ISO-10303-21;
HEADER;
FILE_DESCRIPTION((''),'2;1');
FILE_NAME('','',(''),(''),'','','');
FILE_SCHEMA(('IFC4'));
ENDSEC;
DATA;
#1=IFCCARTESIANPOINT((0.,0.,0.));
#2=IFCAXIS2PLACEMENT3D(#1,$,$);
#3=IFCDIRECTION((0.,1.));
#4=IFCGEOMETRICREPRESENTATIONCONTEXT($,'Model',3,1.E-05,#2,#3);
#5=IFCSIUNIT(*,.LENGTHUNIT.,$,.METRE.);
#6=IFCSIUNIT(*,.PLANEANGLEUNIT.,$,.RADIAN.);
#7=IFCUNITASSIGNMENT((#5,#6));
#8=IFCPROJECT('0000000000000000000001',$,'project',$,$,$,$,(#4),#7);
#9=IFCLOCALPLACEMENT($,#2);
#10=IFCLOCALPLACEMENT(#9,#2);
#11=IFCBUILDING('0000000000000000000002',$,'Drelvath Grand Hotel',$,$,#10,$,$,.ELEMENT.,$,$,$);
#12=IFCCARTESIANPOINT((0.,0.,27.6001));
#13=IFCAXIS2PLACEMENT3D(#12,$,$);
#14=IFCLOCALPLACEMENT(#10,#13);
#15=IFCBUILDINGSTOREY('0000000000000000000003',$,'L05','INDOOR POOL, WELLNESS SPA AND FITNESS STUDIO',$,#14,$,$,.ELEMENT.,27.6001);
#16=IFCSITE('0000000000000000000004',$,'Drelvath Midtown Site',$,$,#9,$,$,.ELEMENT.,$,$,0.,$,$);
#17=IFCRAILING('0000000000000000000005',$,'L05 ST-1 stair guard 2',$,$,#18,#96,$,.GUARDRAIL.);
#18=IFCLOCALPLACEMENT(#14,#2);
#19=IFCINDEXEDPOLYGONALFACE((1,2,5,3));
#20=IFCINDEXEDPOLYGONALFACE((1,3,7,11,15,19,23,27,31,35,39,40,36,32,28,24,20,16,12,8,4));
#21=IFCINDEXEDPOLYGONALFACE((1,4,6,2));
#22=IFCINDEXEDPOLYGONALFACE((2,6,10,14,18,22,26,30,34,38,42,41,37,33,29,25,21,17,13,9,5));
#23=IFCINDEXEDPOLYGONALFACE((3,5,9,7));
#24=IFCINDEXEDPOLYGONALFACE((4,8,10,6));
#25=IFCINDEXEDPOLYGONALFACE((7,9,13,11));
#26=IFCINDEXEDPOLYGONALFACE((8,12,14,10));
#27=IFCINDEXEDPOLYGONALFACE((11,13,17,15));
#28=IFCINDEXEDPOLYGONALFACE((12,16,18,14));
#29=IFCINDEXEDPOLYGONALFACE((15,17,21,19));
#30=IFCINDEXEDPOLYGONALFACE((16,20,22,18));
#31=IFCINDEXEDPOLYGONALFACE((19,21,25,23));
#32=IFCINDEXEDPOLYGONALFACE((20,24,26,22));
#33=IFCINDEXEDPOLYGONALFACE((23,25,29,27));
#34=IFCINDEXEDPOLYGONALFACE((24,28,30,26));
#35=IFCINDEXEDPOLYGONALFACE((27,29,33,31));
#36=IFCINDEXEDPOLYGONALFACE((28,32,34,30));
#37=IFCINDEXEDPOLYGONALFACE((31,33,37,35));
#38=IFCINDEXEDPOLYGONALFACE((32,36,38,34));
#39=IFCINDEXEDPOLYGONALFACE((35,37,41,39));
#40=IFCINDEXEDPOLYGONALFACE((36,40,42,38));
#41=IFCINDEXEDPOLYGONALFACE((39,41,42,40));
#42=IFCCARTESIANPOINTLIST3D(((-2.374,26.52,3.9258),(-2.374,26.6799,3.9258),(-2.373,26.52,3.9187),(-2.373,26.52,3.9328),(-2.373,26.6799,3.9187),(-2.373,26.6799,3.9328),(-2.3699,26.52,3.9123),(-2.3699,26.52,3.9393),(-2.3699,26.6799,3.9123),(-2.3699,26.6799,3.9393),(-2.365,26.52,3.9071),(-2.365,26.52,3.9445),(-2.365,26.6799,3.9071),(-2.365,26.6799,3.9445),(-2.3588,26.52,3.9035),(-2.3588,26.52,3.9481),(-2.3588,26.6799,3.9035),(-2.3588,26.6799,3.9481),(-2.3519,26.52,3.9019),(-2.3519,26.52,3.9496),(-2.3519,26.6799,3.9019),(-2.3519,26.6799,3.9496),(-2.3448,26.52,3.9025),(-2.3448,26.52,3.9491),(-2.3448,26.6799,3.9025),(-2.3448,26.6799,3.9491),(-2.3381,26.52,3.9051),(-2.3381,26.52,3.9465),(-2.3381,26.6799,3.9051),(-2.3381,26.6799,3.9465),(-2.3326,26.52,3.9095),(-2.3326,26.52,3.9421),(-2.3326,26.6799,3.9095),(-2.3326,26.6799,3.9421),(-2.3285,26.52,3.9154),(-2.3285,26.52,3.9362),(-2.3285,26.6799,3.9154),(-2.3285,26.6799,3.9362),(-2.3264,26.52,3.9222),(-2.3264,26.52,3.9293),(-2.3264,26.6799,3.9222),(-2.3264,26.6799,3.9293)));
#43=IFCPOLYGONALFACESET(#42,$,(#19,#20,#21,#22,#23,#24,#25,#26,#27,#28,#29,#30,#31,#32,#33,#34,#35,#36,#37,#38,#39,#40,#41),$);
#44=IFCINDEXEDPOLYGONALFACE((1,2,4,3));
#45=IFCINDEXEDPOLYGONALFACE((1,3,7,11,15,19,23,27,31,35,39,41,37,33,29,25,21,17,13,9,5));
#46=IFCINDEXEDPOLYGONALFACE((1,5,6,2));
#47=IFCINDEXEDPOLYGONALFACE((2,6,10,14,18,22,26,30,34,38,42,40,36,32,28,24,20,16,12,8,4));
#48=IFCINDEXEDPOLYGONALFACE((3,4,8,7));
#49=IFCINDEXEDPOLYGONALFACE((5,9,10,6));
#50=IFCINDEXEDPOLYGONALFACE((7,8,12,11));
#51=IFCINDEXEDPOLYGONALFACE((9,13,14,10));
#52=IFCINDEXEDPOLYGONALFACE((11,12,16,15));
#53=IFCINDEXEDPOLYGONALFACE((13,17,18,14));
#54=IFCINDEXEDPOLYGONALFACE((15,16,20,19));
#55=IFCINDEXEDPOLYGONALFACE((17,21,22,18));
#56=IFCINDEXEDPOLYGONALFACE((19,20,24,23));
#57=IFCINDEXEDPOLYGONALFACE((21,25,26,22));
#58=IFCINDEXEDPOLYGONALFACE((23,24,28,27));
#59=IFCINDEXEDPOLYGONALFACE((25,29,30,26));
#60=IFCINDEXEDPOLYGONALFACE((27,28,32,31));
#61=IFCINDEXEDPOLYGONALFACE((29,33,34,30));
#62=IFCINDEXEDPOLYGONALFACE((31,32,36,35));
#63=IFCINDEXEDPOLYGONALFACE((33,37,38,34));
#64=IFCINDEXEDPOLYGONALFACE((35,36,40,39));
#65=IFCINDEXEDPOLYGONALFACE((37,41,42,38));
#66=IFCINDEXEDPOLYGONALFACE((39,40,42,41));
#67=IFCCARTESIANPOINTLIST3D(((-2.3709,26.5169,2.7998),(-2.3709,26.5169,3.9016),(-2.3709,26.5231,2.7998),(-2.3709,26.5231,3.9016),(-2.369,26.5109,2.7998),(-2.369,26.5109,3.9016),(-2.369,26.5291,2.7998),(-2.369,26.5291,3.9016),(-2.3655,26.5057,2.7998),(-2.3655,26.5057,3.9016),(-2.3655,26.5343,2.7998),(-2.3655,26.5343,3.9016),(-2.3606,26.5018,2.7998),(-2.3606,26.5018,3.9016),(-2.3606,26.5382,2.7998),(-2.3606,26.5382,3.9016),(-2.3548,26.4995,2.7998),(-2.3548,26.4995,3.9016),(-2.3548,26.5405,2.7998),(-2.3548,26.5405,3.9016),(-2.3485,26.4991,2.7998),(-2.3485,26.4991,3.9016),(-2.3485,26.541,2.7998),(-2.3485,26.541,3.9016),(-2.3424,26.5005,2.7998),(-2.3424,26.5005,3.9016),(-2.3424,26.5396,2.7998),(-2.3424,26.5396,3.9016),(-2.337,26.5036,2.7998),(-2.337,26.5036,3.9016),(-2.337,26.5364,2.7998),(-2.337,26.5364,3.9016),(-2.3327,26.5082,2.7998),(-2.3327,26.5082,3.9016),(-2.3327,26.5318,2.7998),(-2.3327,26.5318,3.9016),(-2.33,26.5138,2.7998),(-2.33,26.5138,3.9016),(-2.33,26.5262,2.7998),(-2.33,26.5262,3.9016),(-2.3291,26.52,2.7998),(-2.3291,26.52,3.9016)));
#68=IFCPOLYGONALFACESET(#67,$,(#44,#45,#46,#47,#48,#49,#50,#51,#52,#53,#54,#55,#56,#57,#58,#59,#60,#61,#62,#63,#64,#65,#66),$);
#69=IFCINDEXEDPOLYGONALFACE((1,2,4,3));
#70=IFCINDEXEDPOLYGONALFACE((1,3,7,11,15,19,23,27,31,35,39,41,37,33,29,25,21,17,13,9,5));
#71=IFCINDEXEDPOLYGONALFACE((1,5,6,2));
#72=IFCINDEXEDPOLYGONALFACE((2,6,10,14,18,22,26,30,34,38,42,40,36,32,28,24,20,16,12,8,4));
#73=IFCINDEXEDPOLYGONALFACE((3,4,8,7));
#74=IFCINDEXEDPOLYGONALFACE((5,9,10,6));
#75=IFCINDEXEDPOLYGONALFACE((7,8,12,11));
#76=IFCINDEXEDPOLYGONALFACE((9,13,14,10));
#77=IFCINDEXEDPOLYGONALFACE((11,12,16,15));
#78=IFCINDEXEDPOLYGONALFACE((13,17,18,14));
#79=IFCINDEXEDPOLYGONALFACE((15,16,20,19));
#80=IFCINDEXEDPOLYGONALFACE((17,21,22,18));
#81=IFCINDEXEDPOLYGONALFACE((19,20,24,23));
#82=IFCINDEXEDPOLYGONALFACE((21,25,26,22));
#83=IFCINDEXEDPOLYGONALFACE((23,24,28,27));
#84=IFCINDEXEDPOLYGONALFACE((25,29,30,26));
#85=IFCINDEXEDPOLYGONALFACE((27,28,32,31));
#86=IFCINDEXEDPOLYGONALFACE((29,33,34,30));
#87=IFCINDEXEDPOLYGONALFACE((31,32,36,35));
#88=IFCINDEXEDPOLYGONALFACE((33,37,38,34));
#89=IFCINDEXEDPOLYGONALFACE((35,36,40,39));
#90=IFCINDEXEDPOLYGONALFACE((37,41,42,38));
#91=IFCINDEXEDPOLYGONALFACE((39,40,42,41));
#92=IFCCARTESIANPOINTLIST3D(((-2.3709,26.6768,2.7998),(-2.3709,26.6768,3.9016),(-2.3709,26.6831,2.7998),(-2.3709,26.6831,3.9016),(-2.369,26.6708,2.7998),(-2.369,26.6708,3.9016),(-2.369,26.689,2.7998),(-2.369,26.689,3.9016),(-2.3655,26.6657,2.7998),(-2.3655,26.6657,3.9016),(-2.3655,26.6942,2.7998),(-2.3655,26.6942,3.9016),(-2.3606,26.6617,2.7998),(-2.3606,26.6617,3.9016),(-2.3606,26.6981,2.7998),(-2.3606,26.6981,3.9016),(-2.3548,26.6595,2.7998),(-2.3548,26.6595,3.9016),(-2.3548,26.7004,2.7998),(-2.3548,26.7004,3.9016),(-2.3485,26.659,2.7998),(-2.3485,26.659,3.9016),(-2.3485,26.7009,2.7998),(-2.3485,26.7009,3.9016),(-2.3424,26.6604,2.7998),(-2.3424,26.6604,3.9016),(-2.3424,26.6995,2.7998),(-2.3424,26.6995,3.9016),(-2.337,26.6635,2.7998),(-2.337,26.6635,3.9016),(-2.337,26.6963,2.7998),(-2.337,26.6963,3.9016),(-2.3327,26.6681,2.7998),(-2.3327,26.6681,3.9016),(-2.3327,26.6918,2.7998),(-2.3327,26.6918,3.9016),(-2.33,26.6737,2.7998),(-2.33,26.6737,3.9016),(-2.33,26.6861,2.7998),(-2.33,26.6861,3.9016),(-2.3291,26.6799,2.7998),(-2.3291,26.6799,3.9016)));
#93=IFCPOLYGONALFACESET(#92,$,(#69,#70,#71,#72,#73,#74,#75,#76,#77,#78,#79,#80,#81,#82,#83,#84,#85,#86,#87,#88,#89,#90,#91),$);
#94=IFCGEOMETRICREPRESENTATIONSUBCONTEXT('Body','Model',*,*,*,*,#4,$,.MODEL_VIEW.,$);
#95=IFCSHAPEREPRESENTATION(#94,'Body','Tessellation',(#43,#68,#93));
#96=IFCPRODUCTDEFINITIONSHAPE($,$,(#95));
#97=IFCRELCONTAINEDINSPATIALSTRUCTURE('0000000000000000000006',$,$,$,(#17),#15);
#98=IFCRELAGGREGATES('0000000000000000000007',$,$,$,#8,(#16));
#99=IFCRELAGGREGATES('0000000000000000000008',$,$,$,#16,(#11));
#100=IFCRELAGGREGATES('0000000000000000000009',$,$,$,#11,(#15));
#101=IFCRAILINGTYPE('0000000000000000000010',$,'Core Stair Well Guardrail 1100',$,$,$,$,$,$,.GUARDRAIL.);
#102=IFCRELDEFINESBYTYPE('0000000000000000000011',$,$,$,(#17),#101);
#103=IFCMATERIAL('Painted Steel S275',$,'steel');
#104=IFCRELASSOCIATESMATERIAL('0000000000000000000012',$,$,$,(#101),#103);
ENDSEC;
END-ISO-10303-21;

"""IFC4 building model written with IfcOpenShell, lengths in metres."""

from ifc_helpers import new_model, si_unit, direction, frame, origin, origin_2d, place, context, subcontext, project, spatial, circle, extrude, material, type_object, element, save


model = new_model("IFC4")

# Units and contexts
model_context = context("Model", 3, precision=1e-05, world=origin(), true_north=direction((0.0, 1.0)))
body_context = subcontext(model_context, "Body", "Model", "MODEL_VIEW")
ifc_project = project(units=[si_unit("LENGTHUNIT", "METRE"), si_unit("PLANEANGLEUNIT", "RADIAN")], contexts=[model_context])

# Site, building, storey
site_placement = place(None, origin())
site = spatial("IfcSite", under=ifc_project, at=site_placement, Name="Drelvath Midtown Site", CompositionType="ELEMENT", RefElevation=0.0)
building_placement = place(site_placement, origin())
building = spatial("IfcBuilding", under=site, at=building_placement, Name="Drelvath Grand Hotel", CompositionType="ELEMENT")
storey_placement = place(building_placement, frame((0.0, 0.0, 27.6001)))
storey = spatial("IfcBuildingStorey", under=building, at=storey_placement, Name="L05", Description="INDOOR POOL, WELLNESS SPA AND FITNESS STUDIO", CompositionType="ELEMENT", Elevation=27.6001)

# Shared definitions
ifc_material_1 = material(Name="Painted Steel S275", Category="steel")

# Railing
railing_type_1 = type_object("IfcRailingType", Name="Core Stair Well Guardrail 1100", PredefinedType="GUARDRAIL", material=ifc_material_1)
railing_1_placement = place(storey_placement, frame((-2.3501, 26.52, 2.7998)))
element("IfcRailing", 1, at=railing_1_placement, inside=storey, type_object=railing_type_1, Name="L05 ST-1 stair guard 2", PredefinedType="GUARDRAIL", context=body_context, shape_type="SweptSolid", body=[
    extrude(circle(Radius=0.0239, at=origin_2d()), frame((0.0, 0.0, 1.126), z_axis=(0.0, 1.0, 0.0), x_axis=(-1.0, 0.0, 0.0)), (0.0, 0.0, 1.0), 0.1599),
    extrude(circle(Radius=0.021, at=origin_2d()), origin(), (0.0, 0.0, 1.0), 1.1018),
    extrude(circle(Radius=0.021, at=origin_2d()), frame((0.0, 0.1599, 0.0)), (0.0, 0.0, 1.0), 1.1018),
])

save(model, "model.ifc")
